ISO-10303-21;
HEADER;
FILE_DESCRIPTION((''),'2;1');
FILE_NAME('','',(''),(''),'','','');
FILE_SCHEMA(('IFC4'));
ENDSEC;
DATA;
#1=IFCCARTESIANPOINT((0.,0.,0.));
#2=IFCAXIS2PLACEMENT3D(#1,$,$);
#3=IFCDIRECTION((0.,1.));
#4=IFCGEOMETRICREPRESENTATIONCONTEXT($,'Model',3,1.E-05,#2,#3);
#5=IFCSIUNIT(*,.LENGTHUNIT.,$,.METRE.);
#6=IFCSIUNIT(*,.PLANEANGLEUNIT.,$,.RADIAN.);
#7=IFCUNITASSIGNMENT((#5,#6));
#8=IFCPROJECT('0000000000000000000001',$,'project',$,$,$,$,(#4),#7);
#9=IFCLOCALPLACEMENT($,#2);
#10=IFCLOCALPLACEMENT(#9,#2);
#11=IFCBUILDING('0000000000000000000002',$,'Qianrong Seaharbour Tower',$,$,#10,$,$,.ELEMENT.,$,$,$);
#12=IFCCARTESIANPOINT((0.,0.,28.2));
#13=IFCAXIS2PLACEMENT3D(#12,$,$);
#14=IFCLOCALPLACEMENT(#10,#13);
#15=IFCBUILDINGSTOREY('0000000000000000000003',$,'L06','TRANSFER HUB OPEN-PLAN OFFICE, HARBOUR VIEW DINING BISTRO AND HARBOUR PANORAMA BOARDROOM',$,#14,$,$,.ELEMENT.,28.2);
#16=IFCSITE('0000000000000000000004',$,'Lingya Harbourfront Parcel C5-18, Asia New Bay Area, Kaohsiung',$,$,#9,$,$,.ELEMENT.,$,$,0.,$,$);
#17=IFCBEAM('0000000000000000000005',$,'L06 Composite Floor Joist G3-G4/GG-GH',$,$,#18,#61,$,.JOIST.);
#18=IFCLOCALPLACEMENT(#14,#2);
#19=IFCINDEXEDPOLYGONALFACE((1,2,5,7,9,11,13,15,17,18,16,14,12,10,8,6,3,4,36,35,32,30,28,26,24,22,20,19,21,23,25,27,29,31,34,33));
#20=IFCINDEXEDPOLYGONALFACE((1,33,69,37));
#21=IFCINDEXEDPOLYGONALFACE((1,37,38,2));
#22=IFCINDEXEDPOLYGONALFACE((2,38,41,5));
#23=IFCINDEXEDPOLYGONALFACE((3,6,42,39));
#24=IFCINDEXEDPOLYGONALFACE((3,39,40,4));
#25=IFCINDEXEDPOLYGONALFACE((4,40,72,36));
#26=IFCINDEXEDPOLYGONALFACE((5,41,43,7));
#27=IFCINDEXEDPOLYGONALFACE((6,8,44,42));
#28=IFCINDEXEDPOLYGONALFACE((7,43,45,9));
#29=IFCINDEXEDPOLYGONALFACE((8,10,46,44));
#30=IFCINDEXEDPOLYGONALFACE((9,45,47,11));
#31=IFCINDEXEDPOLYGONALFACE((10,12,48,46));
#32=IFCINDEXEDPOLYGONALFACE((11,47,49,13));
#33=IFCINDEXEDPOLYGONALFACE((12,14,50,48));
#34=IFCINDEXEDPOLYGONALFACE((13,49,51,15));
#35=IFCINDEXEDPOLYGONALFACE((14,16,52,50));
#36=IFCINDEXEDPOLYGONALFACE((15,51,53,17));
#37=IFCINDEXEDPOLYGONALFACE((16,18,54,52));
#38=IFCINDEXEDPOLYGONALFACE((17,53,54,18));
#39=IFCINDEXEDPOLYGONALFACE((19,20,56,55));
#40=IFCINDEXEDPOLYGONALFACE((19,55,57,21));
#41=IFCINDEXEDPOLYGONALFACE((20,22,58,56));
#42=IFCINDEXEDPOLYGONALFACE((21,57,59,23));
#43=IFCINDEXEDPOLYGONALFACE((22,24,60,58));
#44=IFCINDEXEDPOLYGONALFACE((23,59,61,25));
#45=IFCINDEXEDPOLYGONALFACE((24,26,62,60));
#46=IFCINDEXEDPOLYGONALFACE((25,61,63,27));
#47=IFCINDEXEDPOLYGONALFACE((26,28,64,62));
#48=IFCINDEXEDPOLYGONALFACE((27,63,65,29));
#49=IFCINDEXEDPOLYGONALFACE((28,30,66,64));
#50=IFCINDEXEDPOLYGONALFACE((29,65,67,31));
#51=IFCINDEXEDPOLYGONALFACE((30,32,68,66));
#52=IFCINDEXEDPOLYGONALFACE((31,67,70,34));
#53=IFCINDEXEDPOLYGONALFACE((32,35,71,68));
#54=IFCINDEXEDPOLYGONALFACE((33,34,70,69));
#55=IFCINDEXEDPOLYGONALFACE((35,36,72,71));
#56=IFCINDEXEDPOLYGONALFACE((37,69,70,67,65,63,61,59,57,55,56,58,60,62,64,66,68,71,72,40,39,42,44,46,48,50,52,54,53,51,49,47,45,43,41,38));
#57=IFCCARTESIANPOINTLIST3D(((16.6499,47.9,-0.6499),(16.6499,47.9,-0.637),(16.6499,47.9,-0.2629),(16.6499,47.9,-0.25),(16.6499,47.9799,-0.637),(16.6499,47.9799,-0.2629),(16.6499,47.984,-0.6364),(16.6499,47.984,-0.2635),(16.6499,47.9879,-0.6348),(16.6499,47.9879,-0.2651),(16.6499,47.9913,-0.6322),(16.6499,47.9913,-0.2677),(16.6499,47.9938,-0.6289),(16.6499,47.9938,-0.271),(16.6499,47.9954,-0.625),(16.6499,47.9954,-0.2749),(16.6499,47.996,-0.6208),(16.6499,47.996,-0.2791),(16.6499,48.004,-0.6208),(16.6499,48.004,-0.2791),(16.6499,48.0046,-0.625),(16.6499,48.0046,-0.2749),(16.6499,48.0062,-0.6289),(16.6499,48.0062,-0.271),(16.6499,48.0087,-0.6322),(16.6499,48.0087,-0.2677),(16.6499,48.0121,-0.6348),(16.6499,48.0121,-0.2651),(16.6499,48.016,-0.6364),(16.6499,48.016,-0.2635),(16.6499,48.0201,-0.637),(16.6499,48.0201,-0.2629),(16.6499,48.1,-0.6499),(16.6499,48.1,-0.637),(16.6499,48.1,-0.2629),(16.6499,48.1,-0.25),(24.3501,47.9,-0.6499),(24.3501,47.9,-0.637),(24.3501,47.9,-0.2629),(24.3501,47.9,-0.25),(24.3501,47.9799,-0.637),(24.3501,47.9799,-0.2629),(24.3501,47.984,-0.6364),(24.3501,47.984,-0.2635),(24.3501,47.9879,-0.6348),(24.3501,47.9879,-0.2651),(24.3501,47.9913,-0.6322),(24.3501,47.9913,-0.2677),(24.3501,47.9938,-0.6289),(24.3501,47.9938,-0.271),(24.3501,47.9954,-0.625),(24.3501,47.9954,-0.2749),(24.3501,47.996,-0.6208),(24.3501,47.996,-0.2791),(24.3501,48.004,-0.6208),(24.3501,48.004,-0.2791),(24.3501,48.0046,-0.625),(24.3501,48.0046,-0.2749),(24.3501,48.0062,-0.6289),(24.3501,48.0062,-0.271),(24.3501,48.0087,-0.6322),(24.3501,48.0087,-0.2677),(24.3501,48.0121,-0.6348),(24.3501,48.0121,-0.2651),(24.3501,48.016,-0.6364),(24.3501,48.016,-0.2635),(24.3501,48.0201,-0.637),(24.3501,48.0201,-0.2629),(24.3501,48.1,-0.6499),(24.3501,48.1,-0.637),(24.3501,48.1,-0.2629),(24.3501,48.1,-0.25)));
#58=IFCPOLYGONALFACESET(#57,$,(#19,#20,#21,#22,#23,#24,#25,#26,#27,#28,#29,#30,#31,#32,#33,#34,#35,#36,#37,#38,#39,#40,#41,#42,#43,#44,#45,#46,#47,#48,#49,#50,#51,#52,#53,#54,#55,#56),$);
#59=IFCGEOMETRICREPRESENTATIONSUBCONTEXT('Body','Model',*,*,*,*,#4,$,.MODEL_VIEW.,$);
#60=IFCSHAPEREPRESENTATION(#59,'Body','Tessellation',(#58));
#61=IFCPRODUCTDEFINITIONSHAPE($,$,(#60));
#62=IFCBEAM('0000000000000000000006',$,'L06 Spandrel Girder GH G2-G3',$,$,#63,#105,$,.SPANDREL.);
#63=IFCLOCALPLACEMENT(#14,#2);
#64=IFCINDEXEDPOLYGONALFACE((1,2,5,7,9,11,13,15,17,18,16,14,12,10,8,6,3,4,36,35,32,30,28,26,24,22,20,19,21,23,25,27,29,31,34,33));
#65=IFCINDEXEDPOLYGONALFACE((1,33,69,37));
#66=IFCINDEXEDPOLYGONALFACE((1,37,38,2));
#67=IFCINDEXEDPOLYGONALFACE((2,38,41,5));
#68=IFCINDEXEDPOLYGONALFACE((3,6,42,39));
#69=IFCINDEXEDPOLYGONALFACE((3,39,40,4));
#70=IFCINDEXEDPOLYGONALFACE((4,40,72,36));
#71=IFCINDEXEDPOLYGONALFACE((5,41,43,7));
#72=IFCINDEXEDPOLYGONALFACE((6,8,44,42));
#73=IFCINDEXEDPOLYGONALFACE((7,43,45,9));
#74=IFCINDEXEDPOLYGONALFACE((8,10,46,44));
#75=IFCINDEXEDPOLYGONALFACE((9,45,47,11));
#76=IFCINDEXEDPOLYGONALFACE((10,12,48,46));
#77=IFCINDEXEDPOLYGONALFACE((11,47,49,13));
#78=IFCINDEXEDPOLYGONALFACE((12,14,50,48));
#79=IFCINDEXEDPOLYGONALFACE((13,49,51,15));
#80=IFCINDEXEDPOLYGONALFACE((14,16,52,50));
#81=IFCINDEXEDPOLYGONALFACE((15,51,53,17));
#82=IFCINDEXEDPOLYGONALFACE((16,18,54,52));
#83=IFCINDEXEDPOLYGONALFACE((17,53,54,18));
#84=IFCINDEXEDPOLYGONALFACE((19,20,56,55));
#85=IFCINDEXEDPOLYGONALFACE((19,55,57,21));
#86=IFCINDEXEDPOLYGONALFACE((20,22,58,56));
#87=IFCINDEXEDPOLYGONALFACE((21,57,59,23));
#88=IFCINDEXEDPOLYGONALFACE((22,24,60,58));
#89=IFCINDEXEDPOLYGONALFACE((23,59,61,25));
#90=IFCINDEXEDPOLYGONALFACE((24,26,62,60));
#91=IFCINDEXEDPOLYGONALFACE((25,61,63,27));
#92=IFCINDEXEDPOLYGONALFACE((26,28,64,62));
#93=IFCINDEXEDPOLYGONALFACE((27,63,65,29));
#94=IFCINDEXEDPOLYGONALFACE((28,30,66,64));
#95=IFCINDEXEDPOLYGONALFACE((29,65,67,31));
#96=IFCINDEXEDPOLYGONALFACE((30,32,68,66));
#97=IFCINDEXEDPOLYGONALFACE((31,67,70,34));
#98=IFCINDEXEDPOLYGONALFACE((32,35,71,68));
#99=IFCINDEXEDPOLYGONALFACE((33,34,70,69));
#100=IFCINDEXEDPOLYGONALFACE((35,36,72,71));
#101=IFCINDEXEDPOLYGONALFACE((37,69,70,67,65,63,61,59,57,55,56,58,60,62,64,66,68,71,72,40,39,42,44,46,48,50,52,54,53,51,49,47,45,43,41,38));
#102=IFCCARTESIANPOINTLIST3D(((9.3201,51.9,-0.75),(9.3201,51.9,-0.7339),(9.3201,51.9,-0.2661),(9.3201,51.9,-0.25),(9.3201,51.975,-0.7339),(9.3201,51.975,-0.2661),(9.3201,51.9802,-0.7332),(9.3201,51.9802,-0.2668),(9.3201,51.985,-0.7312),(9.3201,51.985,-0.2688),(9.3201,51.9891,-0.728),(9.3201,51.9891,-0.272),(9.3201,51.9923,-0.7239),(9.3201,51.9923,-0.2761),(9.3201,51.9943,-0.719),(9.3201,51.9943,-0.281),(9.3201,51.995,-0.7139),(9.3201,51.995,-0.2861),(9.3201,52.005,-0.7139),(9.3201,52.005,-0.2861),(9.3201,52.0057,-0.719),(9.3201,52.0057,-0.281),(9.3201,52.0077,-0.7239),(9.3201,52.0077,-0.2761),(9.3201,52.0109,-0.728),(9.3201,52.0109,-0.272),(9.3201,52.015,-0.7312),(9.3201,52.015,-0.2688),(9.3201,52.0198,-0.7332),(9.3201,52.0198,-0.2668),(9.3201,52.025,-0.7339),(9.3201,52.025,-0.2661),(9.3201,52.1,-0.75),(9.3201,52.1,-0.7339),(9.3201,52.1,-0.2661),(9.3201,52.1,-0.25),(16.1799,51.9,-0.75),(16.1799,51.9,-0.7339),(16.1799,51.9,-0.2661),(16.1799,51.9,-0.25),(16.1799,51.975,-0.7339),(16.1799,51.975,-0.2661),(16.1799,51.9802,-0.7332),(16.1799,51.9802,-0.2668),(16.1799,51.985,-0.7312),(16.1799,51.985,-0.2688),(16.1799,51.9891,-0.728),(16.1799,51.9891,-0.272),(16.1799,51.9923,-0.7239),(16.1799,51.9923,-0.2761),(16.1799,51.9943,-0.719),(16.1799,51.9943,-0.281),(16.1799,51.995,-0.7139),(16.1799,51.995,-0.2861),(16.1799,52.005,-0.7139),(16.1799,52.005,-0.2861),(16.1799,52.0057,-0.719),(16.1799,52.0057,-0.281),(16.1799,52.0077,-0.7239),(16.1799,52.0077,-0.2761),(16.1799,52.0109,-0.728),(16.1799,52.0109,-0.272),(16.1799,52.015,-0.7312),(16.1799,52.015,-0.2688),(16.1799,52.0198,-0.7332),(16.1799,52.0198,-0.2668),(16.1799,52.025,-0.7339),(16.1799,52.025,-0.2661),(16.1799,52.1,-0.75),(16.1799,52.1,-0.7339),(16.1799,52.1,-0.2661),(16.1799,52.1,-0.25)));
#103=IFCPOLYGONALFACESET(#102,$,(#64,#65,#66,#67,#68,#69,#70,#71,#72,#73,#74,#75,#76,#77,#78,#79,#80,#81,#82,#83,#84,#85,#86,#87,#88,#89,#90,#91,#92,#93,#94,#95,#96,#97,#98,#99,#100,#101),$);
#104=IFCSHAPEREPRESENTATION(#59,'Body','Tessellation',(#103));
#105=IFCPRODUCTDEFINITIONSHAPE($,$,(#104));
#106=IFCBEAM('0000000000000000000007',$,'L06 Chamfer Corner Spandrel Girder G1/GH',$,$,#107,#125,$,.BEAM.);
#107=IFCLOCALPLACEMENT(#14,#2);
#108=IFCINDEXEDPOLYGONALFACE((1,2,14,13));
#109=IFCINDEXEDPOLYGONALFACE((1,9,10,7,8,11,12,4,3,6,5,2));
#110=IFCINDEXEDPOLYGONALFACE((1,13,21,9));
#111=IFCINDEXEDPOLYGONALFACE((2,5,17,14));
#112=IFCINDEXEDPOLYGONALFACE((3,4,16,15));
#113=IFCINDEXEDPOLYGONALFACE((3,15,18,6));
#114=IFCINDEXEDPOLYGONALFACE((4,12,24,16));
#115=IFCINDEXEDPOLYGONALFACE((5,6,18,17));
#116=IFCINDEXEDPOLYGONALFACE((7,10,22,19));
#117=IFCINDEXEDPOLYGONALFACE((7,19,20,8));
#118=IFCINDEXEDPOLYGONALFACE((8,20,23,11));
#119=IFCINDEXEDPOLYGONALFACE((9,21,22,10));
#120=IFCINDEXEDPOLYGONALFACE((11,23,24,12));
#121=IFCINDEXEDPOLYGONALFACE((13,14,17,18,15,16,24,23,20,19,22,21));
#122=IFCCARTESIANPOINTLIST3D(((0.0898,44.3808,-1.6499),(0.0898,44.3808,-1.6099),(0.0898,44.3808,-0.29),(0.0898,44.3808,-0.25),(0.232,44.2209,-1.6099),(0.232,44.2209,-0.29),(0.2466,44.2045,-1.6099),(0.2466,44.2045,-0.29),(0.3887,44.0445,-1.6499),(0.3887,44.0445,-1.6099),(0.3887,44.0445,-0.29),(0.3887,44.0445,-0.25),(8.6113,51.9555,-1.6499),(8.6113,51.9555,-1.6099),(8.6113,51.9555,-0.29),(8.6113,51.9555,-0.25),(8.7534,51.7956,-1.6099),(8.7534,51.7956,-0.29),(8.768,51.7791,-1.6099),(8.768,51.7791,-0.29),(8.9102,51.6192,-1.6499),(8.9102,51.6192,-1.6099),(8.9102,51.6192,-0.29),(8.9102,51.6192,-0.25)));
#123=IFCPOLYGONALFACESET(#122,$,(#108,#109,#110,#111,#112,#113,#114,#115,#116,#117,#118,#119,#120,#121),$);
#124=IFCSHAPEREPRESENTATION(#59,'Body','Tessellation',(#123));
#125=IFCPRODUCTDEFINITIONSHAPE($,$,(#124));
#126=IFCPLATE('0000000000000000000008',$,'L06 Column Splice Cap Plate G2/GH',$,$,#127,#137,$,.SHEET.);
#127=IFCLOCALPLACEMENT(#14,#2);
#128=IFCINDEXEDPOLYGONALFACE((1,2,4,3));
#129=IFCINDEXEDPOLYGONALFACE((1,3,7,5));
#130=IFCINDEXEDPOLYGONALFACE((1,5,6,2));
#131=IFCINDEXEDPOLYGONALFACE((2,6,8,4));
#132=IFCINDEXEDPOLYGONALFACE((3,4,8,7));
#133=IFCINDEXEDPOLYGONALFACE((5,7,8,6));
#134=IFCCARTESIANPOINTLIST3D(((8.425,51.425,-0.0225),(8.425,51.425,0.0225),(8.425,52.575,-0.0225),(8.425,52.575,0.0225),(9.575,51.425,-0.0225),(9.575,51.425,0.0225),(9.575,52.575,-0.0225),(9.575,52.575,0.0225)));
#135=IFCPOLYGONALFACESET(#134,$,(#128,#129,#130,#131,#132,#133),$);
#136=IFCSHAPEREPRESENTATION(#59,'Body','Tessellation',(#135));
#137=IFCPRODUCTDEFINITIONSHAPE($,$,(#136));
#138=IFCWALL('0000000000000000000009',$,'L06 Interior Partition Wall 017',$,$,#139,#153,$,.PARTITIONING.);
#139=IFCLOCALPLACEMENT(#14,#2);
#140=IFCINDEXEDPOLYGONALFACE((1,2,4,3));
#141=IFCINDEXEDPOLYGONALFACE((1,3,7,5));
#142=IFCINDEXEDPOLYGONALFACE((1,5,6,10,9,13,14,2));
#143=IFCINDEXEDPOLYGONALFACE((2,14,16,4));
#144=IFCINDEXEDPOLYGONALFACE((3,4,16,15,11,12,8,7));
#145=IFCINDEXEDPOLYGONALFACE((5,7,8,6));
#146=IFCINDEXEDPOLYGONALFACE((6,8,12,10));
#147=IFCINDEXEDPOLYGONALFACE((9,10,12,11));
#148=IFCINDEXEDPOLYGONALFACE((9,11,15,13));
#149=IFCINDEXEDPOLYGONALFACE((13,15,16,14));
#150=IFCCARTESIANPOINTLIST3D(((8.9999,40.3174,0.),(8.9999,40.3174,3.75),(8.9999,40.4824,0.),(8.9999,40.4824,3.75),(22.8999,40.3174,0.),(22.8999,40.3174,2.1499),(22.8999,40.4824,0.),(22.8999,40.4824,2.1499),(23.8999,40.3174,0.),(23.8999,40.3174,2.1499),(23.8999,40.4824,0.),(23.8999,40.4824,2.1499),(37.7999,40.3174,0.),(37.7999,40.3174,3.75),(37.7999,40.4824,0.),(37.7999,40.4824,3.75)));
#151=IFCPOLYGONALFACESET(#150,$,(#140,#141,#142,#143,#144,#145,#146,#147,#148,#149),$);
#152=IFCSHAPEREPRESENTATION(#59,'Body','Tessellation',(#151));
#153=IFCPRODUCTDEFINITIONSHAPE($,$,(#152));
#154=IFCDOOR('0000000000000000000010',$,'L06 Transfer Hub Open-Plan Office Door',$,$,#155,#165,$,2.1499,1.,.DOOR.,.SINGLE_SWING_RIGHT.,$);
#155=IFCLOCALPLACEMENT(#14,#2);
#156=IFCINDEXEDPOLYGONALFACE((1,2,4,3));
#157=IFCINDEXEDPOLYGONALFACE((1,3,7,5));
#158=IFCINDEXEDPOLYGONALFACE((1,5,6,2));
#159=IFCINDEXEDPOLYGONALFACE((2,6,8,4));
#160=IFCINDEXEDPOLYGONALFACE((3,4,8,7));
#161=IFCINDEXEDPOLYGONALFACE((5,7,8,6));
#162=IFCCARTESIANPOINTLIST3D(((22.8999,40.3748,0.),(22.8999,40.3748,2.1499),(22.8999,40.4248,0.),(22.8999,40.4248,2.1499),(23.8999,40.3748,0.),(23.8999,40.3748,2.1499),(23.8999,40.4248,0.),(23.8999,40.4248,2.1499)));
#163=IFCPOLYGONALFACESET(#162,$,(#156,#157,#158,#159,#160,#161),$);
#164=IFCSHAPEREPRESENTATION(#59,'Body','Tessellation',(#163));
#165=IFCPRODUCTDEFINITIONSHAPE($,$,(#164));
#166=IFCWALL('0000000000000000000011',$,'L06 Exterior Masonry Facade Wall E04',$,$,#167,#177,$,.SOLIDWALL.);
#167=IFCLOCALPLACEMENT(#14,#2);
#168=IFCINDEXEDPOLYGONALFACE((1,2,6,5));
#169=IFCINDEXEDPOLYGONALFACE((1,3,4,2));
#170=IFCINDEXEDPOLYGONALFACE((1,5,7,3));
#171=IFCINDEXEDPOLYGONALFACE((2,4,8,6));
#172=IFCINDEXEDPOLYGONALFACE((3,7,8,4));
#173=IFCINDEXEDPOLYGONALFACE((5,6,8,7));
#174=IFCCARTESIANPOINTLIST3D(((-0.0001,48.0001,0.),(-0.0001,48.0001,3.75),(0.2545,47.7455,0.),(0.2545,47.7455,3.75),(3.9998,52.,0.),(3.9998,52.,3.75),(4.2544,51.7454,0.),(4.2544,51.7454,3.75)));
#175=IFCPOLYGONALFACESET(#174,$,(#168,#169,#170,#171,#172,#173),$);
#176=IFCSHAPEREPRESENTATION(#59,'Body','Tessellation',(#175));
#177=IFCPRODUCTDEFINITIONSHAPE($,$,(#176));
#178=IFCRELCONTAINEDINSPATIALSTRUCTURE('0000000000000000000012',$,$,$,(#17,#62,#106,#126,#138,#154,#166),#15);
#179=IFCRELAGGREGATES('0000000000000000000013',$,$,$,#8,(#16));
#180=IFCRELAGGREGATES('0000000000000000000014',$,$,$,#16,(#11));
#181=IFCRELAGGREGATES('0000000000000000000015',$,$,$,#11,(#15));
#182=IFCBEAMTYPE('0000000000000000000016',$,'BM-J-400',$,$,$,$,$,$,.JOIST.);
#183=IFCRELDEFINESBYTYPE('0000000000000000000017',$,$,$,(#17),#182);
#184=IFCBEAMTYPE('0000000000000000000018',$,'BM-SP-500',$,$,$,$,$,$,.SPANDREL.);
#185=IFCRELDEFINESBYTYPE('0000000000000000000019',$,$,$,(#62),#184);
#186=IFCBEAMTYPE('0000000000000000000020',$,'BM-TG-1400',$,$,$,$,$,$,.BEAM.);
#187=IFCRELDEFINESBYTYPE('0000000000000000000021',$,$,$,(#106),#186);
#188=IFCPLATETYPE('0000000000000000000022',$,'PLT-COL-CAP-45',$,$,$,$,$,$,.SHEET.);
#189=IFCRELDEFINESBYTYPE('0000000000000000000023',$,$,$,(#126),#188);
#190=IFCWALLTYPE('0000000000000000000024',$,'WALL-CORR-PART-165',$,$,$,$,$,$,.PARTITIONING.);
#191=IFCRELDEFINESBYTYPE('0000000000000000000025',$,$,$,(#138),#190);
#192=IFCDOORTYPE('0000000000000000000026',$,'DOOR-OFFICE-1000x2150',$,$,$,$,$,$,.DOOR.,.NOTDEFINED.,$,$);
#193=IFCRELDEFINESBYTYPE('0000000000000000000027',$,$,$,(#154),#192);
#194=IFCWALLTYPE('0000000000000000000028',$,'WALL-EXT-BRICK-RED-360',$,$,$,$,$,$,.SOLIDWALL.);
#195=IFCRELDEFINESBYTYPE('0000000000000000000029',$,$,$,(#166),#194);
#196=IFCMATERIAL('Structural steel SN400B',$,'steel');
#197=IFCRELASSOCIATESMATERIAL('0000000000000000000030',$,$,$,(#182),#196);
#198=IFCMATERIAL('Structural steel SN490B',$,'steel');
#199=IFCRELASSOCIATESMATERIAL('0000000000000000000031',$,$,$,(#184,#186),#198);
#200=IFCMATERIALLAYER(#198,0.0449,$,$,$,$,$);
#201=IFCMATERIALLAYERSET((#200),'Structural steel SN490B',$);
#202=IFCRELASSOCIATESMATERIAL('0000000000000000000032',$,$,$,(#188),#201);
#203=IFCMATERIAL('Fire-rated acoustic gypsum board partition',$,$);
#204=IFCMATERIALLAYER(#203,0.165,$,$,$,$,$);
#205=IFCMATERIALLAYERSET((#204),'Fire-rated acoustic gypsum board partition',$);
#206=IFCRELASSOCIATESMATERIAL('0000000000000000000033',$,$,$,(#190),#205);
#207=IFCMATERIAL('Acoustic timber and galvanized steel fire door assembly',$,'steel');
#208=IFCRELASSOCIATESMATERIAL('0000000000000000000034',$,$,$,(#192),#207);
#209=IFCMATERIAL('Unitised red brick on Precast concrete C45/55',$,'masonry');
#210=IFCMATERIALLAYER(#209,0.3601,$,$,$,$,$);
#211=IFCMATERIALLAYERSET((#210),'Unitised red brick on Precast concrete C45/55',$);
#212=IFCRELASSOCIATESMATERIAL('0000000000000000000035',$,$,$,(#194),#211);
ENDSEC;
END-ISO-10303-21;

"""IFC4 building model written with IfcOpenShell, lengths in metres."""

from ifc_helpers import new_model, si_unit, direction, frame, frame_2d, origin, origin_2d, place, context, subcontext, project, spatial, rectangle, i_section, extrude, material, layer, layer_set, material_profile, profile_set, type_object, element, fill, save


model = new_model("IFC4")

# Units and contexts
model_context = context("Model", 3, precision=1e-05, world=origin(), true_north=direction((0.0, 1.0)))
body_context = subcontext(model_context, "Body", "Model", "MODEL_VIEW")
ifc_project = project(units=[si_unit("LENGTHUNIT", "METRE"), si_unit("PLANEANGLEUNIT", "RADIAN")], contexts=[model_context])

# Site, building, storey
site_placement = place(None, origin())
site = spatial("IfcSite", under=ifc_project, at=site_placement, Name="Lingya Harbourfront Parcel C5-18, Asia New Bay Area, Kaohsiung", CompositionType="ELEMENT", RefElevation=0.0)
building_placement = place(site_placement, origin())
building = spatial("IfcBuilding", under=site, at=building_placement, Name="Qianrong Seaharbour Tower", CompositionType="ELEMENT")
storey_placement = place(building_placement, frame((0.0, 0.0, 28.2)))
storey = spatial("IfcBuildingStorey", under=building, at=storey_placement, Name="L06", Description="TRANSFER HUB OPEN-PLAN OFFICE, HARBOUR VIEW DINING BISTRO AND HARBOUR PANORAMA BOARDROOM", CompositionType="ELEMENT", Elevation=28.2)

# Shared definitions
ifc_material_1 = material(Name="Structural steel SN490B", Category="steel")

# Beams
ifc_material_2 = material(Name="Structural steel SN400B", Category="steel")
ifc_material_profile_1 = material_profile(ifc_material_2, i_section(OverallWidth=0.2, OverallDepth=0.3999, WebThickness=0.0081, FlangeThickness=0.0129, FilletRadius=0.0161, at=origin_2d()), Name="H400x200x8x13")
ifc_profile_set_1 = profile_set([ifc_material_profile_1], Name="Structural steel SN400B")
beam_type_1 = type_object("IfcBeamType", Name="BM-J-400", PredefinedType="JOIST", material=ifc_profile_set_1)
beam_1_placement = place(storey_placement, frame((16.6499, 48.0, -0.45), z_axis=(1.0, 0.0, 0.0), x_axis=(0.0, 1.0, 0.0)))
element("IfcBeam", 1, at=beam_1_placement, inside=storey, type_object=beam_type_1, Name="L06 Composite Floor Joist G3-G4/GG-GH", PredefinedType="JOIST", context=body_context, shape_type="SweptSolid", body=[
    extrude(i_section(OverallWidth=0.2, OverallDepth=0.3999, WebThickness=0.0081, FlangeThickness=0.0129, FilletRadius=0.0161, at=origin_2d()), origin(), (0.0, 0.0, 1.0), 7.7002),
])
ifc_material_profile_2 = material_profile(ifc_material_1, i_section(OverallWidth=0.2, OverallDepth=0.5, WebThickness=0.01, FlangeThickness=0.0161, FilletRadius=0.02, at=origin_2d()), Name="H500x200x10x16")
ifc_profile_set_2 = profile_set([ifc_material_profile_2], Name="Structural steel SN490B")
beam_type_2 = type_object("IfcBeamType", Name="BM-SP-500", PredefinedType="SPANDREL", material=ifc_profile_set_2)
beam_2_placement = place(storey_placement, frame((9.3201, 52.0, -0.5), z_axis=(1.0, 0.0, 0.0), x_axis=(0.0, 1.0, 0.0)))
element("IfcBeam", 2, at=beam_2_placement, inside=storey, type_object=beam_type_2, Name="L06 Spandrel Girder GH G2-G3", PredefinedType="SPANDREL", context=body_context, shape_type="SweptSolid", body=[
    extrude(i_section(OverallWidth=0.2, OverallDepth=0.5, WebThickness=0.01, FlangeThickness=0.0161, FilletRadius=0.02, at=origin_2d()), origin(), (0.0, 0.0, 1.0), 6.8599),
])
ifc_material_profile_3 = material_profile(ifc_material_1, i_section(OverallWidth=0.45, OverallDepth=1.3999, WebThickness=0.022, FlangeThickness=0.04, at=origin_2d()), Name="BH1400x450x22x40")
ifc_profile_set_3 = profile_set([ifc_material_profile_3], Name="Structural steel SN490B")
beam_type_3 = type_object("IfcBeamType", Name="BM-TG-1400", PredefinedType="BEAM", material=ifc_profile_set_3)
beam_3_placement = place(storey_placement, frame((8.7607, 51.7874, -0.95), z_axis=(-0.747407, -0.664366, 0.0), x_axis=(0.664366, -0.747407, 0.0)))
element("IfcBeam", 3, at=beam_3_placement, inside=storey, type_object=beam_type_3, Name="L06 Chamfer Corner Spandrel Girder G1/GH", PredefinedType="BEAM", context=body_context, shape_type="SweptSolid", body=[
    extrude(i_section(OverallWidth=0.45, OverallDepth=1.3999, WebThickness=0.022, FlangeThickness=0.04, at=origin_2d()), origin(), (0.0, 0.0, 1.0), 11.4014),
])

# Plate
ifc_layer_1 = layer(ifc_material_1, 0.0449)
ifc_layer_set_1 = layer_set([ifc_layer_1], Name="Structural steel SN490B")
plate_type = type_object("IfcPlateType", Name="PLT-COL-CAP-45", PredefinedType="SHEET", material=ifc_layer_set_1)
plate_placement = place(storey_placement, frame((9.0, 52.0, -0.0225), z_axis=(0.0, 0.0, 1.0), x_axis=(1.0, 0.0, 0.0)))
element("IfcPlate", 4, at=plate_placement, inside=storey, type_object=plate_type, Name="L06 Column Splice Cap Plate G2/GH", PredefinedType="SHEET", context=body_context, shape_type="SweptSolid", body=[
    extrude(rectangle(XDim=1.1499, YDim=1.1499, at=origin_2d()), origin(), (0.0, 0.0, 1.0), 0.0449),
])

# Wall, opening, door
ifc_material_3 = material(Name="Fire-rated acoustic gypsum board partition")
ifc_layer_2 = layer(ifc_material_3, 0.165)
ifc_layer_set_2 = layer_set([ifc_layer_2], Name="Fire-rated acoustic gypsum board partition")
wall_type_1 = type_object("IfcWallType", Name="WALL-CORR-PART-165", PredefinedType="PARTITIONING", material=ifc_layer_set_2)
wall_1_placement = place(storey_placement, frame((9.0, 40.3999, 0.0), z_axis=(0.0, 0.0, 1.0), x_axis=(1.0, 0.0, 0.0)))
wall_1 = element("IfcWall", 5, at=wall_1_placement, inside=storey, type_object=wall_type_1, Name="L06 Interior Partition Wall 017", PredefinedType="PARTITIONING", context=body_context, shape_type="SweptSolid", body=[
    extrude(rectangle(XDim=28.8, YDim=0.165, at=frame_2d((14.3999, 0.0))), origin(), (0.0, 0.0, 1.0), 3.75),
])
opening_1_placement = place(wall_1_placement, frame((13.8999, 0.0, 0.0)))
opening_1 = element("IfcOpeningElement", 6, at=opening_1_placement, cuts=wall_1, PredefinedType="OPENING", context=body_context, shape_type="SweptSolid", body=[
    extrude(rectangle(XDim=1.0, YDim=2.1499, at=frame_2d((0.5, 1.075))), frame((0.0, 0.0925, 0.0), z_axis=(0.0, -1.0, 0.0), x_axis=(1.0, 0.0, 0.0)), (0.0, 0.0, 1.0), 0.1851),
])
ifc_material_4 = material(Name="Acoustic timber and galvanized steel fire door assembly", Category="steel")
door_type = type_object("IfcDoorType", Name="DOOR-OFFICE-1000x2150", OperationType="NOTDEFINED", PredefinedType="DOOR", material=ifc_material_4)
door_placement = place(opening_1_placement, origin())
door = element("IfcDoor", 7, at=door_placement, inside=storey, type_object=door_type, Name="L06 Transfer Hub Open-Plan Office Door", OperationType="SINGLE_SWING_RIGHT", OverallHeight=2.1499, OverallWidth=1.0, PredefinedType="DOOR", context=body_context, shape_type="SweptSolid", body=[
    extrude(rectangle(XDim=1.0, YDim=2.1499, at=frame_2d((0.5, 1.075))), frame((0.0, 0.0249, 0.0), z_axis=(0.0, -1.0, 0.0), x_axis=(1.0, 0.0, 0.0)), (0.0, 0.0, 1.0), 0.05),
])
fill(opening_1, door)

# Wall
ifc_material_5 = material(Name="Unitised red brick on Precast concrete C45/55", Category="masonry")
ifc_layer_3 = layer(ifc_material_5, 0.3601)
ifc_layer_set_3 = layer_set([ifc_layer_3], Name="Unitised red brick on Precast concrete C45/55")
wall_type_2 = type_object("IfcWallType", Name="WALL-EXT-BRICK-RED-360", PredefinedType="SOLIDWALL", material=ifc_layer_set_3)
wall_2_placement = place(storey_placement, frame((0.1272, 47.8728, 0.0), z_axis=(0.0, 0.0, 1.0), x_axis=(0.707107, 0.707107, 0.0)))
element("IfcWall", 8, at=wall_2_placement, inside=storey, type_object=wall_type_2, Name="L06 Exterior Masonry Facade Wall E04", PredefinedType="SOLIDWALL", context=body_context, shape_type="SweptSolid", body=[
    extrude(rectangle(XDim=5.6567, YDim=0.3601, at=frame_2d((2.8284, 0.0))), origin(), (0.0, 0.0, 1.0), 3.75),
])

save(model, "model.ifc")
